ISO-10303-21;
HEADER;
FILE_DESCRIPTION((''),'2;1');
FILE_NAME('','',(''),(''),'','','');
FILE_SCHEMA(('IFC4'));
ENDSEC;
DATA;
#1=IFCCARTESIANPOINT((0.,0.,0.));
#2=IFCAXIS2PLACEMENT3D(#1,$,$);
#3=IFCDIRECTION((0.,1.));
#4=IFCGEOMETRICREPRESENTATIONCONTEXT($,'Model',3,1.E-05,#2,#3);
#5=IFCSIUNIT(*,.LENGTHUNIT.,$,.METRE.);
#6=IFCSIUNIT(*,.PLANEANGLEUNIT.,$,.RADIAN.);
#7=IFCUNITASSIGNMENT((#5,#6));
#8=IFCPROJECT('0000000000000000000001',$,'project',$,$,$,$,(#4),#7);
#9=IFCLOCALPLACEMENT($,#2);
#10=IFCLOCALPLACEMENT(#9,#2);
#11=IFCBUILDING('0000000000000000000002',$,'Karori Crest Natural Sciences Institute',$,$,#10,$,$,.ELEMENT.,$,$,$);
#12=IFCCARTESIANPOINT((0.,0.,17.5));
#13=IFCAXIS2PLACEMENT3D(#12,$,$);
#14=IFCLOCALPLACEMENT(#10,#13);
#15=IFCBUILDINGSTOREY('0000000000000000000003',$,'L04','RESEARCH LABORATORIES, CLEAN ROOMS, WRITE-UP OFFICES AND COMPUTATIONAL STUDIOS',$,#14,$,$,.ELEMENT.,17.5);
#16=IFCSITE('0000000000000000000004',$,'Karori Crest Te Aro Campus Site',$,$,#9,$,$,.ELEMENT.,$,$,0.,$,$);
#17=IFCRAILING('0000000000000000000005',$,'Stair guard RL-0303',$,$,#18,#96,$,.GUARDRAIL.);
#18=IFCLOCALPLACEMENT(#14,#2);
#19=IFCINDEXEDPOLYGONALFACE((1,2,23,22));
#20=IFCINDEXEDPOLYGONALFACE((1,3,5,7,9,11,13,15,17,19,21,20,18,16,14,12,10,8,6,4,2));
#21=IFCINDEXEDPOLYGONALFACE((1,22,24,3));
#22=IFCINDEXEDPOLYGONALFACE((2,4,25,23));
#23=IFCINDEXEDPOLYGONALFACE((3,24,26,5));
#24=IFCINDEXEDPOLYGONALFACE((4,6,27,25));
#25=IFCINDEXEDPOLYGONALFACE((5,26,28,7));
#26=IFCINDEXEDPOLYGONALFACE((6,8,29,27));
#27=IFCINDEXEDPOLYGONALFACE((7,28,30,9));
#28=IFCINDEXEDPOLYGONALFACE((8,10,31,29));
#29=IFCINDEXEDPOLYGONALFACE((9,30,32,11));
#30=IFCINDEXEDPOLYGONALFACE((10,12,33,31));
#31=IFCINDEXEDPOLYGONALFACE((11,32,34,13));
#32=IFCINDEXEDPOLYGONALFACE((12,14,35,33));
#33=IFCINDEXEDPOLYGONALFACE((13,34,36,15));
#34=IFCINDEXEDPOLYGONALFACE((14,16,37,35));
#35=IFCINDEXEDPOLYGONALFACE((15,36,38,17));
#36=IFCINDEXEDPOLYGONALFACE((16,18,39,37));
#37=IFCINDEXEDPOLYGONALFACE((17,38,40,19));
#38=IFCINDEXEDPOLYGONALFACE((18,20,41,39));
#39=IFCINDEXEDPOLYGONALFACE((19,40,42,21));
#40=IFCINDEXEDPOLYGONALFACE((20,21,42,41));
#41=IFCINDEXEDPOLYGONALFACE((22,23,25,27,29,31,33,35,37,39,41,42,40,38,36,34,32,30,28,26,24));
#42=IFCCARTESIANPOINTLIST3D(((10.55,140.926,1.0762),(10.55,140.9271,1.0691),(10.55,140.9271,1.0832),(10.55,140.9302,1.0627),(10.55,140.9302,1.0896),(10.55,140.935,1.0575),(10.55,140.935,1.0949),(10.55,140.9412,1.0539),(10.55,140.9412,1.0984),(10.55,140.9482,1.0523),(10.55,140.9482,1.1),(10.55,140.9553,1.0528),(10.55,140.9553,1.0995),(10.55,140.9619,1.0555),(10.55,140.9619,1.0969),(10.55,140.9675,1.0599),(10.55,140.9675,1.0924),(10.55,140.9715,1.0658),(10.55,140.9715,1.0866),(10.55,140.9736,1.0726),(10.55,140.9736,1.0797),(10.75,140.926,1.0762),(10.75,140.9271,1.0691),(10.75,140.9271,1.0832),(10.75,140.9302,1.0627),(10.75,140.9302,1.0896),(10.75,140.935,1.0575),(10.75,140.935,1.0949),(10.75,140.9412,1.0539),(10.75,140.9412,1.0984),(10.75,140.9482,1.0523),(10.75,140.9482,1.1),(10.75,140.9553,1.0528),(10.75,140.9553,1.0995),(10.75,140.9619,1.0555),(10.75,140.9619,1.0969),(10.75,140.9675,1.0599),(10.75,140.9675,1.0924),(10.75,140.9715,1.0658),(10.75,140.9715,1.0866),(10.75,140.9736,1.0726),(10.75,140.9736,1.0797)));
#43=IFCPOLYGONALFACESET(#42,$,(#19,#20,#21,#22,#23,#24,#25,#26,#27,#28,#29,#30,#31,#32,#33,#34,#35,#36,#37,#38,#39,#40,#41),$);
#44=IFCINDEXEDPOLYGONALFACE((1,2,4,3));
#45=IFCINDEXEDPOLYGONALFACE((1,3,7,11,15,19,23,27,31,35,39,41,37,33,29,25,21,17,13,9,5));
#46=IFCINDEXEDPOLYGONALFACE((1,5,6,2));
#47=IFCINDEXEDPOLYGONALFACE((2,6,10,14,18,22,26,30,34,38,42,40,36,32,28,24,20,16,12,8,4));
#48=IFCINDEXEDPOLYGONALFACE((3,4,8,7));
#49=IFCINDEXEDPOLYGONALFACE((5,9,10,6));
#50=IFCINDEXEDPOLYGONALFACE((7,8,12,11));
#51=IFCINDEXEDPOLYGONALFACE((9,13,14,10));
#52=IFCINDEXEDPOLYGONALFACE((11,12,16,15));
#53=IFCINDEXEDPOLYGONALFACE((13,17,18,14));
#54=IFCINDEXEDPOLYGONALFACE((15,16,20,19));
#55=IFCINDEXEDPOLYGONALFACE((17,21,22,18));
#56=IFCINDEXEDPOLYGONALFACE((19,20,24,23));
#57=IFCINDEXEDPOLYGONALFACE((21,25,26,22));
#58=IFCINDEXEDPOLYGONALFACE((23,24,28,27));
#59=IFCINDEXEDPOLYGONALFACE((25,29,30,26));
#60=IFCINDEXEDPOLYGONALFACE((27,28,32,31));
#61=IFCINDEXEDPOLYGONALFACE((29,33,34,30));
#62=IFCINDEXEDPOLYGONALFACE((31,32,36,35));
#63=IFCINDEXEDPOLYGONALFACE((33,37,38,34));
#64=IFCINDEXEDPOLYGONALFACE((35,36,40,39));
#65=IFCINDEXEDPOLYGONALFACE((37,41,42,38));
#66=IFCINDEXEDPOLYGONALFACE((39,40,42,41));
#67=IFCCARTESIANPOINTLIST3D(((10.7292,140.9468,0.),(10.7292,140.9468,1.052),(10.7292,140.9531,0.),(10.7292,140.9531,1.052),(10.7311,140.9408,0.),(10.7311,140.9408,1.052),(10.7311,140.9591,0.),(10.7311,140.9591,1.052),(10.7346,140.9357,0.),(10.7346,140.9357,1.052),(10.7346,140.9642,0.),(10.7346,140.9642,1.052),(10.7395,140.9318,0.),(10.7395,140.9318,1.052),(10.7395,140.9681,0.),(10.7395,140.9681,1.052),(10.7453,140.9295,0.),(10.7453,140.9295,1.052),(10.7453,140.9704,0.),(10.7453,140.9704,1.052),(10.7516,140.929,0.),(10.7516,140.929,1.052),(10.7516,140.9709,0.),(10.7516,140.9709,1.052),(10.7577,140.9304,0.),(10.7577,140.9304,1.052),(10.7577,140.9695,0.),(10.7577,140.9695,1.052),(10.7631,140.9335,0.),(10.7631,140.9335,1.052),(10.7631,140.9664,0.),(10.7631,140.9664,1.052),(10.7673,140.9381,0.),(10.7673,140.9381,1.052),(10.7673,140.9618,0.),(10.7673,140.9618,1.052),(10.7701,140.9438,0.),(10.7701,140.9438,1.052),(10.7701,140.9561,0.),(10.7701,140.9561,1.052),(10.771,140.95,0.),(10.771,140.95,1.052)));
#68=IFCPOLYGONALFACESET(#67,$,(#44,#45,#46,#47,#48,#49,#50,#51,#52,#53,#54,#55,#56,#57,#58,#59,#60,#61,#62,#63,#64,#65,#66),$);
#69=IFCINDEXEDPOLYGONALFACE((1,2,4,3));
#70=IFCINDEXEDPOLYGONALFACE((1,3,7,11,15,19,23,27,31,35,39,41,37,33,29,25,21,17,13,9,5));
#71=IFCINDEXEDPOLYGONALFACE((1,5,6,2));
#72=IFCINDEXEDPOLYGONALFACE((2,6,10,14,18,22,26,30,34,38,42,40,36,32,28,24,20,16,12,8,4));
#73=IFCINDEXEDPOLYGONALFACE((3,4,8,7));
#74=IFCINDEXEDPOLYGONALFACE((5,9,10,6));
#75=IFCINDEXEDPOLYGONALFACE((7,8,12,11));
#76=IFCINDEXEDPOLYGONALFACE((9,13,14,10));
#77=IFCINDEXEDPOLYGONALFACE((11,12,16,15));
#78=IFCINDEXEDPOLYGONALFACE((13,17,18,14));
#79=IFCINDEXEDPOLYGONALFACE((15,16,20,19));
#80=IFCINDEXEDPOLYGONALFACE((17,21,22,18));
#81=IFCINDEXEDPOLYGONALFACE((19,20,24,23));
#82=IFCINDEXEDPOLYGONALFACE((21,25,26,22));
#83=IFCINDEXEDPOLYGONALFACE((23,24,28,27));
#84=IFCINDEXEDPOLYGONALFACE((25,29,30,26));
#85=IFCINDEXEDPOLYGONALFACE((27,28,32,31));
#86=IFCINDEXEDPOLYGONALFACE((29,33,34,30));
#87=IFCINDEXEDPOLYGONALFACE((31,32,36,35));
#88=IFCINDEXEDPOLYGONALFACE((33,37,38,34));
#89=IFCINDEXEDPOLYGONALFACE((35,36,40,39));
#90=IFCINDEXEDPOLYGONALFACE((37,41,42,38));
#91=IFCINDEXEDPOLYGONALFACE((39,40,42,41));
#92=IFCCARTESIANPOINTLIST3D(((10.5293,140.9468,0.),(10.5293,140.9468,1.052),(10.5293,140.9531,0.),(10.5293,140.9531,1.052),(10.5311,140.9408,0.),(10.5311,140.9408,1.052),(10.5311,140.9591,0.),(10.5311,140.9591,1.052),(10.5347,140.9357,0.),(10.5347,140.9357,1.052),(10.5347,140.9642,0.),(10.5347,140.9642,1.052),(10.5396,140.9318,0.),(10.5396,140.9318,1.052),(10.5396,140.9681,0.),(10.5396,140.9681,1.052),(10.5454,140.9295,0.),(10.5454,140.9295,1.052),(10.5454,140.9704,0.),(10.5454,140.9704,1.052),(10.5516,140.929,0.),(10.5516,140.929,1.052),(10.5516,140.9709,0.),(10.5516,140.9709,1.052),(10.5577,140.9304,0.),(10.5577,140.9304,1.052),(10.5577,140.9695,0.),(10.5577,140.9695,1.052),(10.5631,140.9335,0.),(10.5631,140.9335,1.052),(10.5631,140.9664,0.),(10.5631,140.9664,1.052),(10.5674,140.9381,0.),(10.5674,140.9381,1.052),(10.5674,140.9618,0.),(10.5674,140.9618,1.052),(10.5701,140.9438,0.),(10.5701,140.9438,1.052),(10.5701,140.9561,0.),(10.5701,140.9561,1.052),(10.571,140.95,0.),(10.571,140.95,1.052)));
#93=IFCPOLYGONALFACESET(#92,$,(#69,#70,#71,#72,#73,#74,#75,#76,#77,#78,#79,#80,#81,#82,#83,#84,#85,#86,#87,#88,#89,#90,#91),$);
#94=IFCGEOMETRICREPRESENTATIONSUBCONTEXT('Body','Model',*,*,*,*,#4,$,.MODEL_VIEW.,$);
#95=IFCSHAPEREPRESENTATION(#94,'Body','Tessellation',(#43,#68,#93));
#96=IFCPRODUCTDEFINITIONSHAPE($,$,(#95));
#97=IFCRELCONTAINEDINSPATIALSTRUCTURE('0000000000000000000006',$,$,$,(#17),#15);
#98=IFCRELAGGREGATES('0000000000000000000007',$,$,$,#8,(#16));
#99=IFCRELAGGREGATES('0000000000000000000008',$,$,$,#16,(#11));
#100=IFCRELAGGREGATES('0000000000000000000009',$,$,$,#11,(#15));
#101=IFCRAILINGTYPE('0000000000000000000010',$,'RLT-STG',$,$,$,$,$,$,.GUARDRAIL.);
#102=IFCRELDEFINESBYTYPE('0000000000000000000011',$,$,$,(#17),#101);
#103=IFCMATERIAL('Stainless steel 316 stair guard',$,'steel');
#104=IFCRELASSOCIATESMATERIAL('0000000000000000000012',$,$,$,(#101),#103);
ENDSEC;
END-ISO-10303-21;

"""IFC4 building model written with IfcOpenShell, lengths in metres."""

from ifc_helpers import new_model, si_unit, direction, frame, origin, origin_2d, place, context, subcontext, project, spatial, circle, extrude, material, type_object, element, save


model = new_model("IFC4")

# Units and contexts
model_context = context("Model", 3, precision=1e-05, world=origin(), true_north=direction((0.0, 1.0)))
body_context = subcontext(model_context, "Body", "Model", "MODEL_VIEW")
ifc_project = project(units=[si_unit("LENGTHUNIT", "METRE"), si_unit("PLANEANGLEUNIT", "RADIAN")], contexts=[model_context])

# Site, building, storey
site_placement = place(None, origin())
site = spatial("IfcSite", under=ifc_project, at=site_placement, Name="Karori Crest Te Aro Campus Site", CompositionType="ELEMENT", RefElevation=0.0)
building_placement = place(site_placement, origin())
building = spatial("IfcBuilding", under=site, at=building_placement, Name="Karori Crest Natural Sciences Institute", CompositionType="ELEMENT")
storey_placement = place(building_placement, frame((0.0, 0.0, 17.5)))
storey = spatial("IfcBuildingStorey", under=building, at=storey_placement, Name="L04", Description="RESEARCH LABORATORIES, CLEAN ROOMS, WRITE-UP OFFICES AND COMPUTATIONAL STUDIOS", CompositionType="ELEMENT", Elevation=17.5)

# Railing
ifc_material_1 = material(Name="Stainless steel 316 stair guard", Category="steel")
railing_type_1 = type_object("IfcRailingType", Name="RLT-STG", PredefinedType="GUARDRAIL", material=ifc_material_1)
railing_1_placement = place(storey_placement, frame((10.75, 140.95, 0.0)))
element("IfcRailing", 1, at=railing_1_placement, inside=storey, type_object=railing_type_1, Name="Stair guard RL-0303", PredefinedType="GUARDRAIL", context=body_context, shape_type="SweptSolid", body=[
    extrude(circle(Radius=0.0239, at=origin_2d()), frame((0.0, 0.0, 1.0762), z_axis=(-1.0, 0.0, 0.0), x_axis=(0.0, -1.0, 0.0)), (0.0, 0.0, 1.0), 0.2),
    extrude(circle(Radius=0.021, at=origin_2d()), origin(), (0.0, 0.0, 1.0), 1.052),
    extrude(circle(Radius=0.021, at=origin_2d()), frame((-0.2, 0.0, 0.0)), (0.0, 0.0, 1.0), 1.052),
])

save(model, "model.ifc")
